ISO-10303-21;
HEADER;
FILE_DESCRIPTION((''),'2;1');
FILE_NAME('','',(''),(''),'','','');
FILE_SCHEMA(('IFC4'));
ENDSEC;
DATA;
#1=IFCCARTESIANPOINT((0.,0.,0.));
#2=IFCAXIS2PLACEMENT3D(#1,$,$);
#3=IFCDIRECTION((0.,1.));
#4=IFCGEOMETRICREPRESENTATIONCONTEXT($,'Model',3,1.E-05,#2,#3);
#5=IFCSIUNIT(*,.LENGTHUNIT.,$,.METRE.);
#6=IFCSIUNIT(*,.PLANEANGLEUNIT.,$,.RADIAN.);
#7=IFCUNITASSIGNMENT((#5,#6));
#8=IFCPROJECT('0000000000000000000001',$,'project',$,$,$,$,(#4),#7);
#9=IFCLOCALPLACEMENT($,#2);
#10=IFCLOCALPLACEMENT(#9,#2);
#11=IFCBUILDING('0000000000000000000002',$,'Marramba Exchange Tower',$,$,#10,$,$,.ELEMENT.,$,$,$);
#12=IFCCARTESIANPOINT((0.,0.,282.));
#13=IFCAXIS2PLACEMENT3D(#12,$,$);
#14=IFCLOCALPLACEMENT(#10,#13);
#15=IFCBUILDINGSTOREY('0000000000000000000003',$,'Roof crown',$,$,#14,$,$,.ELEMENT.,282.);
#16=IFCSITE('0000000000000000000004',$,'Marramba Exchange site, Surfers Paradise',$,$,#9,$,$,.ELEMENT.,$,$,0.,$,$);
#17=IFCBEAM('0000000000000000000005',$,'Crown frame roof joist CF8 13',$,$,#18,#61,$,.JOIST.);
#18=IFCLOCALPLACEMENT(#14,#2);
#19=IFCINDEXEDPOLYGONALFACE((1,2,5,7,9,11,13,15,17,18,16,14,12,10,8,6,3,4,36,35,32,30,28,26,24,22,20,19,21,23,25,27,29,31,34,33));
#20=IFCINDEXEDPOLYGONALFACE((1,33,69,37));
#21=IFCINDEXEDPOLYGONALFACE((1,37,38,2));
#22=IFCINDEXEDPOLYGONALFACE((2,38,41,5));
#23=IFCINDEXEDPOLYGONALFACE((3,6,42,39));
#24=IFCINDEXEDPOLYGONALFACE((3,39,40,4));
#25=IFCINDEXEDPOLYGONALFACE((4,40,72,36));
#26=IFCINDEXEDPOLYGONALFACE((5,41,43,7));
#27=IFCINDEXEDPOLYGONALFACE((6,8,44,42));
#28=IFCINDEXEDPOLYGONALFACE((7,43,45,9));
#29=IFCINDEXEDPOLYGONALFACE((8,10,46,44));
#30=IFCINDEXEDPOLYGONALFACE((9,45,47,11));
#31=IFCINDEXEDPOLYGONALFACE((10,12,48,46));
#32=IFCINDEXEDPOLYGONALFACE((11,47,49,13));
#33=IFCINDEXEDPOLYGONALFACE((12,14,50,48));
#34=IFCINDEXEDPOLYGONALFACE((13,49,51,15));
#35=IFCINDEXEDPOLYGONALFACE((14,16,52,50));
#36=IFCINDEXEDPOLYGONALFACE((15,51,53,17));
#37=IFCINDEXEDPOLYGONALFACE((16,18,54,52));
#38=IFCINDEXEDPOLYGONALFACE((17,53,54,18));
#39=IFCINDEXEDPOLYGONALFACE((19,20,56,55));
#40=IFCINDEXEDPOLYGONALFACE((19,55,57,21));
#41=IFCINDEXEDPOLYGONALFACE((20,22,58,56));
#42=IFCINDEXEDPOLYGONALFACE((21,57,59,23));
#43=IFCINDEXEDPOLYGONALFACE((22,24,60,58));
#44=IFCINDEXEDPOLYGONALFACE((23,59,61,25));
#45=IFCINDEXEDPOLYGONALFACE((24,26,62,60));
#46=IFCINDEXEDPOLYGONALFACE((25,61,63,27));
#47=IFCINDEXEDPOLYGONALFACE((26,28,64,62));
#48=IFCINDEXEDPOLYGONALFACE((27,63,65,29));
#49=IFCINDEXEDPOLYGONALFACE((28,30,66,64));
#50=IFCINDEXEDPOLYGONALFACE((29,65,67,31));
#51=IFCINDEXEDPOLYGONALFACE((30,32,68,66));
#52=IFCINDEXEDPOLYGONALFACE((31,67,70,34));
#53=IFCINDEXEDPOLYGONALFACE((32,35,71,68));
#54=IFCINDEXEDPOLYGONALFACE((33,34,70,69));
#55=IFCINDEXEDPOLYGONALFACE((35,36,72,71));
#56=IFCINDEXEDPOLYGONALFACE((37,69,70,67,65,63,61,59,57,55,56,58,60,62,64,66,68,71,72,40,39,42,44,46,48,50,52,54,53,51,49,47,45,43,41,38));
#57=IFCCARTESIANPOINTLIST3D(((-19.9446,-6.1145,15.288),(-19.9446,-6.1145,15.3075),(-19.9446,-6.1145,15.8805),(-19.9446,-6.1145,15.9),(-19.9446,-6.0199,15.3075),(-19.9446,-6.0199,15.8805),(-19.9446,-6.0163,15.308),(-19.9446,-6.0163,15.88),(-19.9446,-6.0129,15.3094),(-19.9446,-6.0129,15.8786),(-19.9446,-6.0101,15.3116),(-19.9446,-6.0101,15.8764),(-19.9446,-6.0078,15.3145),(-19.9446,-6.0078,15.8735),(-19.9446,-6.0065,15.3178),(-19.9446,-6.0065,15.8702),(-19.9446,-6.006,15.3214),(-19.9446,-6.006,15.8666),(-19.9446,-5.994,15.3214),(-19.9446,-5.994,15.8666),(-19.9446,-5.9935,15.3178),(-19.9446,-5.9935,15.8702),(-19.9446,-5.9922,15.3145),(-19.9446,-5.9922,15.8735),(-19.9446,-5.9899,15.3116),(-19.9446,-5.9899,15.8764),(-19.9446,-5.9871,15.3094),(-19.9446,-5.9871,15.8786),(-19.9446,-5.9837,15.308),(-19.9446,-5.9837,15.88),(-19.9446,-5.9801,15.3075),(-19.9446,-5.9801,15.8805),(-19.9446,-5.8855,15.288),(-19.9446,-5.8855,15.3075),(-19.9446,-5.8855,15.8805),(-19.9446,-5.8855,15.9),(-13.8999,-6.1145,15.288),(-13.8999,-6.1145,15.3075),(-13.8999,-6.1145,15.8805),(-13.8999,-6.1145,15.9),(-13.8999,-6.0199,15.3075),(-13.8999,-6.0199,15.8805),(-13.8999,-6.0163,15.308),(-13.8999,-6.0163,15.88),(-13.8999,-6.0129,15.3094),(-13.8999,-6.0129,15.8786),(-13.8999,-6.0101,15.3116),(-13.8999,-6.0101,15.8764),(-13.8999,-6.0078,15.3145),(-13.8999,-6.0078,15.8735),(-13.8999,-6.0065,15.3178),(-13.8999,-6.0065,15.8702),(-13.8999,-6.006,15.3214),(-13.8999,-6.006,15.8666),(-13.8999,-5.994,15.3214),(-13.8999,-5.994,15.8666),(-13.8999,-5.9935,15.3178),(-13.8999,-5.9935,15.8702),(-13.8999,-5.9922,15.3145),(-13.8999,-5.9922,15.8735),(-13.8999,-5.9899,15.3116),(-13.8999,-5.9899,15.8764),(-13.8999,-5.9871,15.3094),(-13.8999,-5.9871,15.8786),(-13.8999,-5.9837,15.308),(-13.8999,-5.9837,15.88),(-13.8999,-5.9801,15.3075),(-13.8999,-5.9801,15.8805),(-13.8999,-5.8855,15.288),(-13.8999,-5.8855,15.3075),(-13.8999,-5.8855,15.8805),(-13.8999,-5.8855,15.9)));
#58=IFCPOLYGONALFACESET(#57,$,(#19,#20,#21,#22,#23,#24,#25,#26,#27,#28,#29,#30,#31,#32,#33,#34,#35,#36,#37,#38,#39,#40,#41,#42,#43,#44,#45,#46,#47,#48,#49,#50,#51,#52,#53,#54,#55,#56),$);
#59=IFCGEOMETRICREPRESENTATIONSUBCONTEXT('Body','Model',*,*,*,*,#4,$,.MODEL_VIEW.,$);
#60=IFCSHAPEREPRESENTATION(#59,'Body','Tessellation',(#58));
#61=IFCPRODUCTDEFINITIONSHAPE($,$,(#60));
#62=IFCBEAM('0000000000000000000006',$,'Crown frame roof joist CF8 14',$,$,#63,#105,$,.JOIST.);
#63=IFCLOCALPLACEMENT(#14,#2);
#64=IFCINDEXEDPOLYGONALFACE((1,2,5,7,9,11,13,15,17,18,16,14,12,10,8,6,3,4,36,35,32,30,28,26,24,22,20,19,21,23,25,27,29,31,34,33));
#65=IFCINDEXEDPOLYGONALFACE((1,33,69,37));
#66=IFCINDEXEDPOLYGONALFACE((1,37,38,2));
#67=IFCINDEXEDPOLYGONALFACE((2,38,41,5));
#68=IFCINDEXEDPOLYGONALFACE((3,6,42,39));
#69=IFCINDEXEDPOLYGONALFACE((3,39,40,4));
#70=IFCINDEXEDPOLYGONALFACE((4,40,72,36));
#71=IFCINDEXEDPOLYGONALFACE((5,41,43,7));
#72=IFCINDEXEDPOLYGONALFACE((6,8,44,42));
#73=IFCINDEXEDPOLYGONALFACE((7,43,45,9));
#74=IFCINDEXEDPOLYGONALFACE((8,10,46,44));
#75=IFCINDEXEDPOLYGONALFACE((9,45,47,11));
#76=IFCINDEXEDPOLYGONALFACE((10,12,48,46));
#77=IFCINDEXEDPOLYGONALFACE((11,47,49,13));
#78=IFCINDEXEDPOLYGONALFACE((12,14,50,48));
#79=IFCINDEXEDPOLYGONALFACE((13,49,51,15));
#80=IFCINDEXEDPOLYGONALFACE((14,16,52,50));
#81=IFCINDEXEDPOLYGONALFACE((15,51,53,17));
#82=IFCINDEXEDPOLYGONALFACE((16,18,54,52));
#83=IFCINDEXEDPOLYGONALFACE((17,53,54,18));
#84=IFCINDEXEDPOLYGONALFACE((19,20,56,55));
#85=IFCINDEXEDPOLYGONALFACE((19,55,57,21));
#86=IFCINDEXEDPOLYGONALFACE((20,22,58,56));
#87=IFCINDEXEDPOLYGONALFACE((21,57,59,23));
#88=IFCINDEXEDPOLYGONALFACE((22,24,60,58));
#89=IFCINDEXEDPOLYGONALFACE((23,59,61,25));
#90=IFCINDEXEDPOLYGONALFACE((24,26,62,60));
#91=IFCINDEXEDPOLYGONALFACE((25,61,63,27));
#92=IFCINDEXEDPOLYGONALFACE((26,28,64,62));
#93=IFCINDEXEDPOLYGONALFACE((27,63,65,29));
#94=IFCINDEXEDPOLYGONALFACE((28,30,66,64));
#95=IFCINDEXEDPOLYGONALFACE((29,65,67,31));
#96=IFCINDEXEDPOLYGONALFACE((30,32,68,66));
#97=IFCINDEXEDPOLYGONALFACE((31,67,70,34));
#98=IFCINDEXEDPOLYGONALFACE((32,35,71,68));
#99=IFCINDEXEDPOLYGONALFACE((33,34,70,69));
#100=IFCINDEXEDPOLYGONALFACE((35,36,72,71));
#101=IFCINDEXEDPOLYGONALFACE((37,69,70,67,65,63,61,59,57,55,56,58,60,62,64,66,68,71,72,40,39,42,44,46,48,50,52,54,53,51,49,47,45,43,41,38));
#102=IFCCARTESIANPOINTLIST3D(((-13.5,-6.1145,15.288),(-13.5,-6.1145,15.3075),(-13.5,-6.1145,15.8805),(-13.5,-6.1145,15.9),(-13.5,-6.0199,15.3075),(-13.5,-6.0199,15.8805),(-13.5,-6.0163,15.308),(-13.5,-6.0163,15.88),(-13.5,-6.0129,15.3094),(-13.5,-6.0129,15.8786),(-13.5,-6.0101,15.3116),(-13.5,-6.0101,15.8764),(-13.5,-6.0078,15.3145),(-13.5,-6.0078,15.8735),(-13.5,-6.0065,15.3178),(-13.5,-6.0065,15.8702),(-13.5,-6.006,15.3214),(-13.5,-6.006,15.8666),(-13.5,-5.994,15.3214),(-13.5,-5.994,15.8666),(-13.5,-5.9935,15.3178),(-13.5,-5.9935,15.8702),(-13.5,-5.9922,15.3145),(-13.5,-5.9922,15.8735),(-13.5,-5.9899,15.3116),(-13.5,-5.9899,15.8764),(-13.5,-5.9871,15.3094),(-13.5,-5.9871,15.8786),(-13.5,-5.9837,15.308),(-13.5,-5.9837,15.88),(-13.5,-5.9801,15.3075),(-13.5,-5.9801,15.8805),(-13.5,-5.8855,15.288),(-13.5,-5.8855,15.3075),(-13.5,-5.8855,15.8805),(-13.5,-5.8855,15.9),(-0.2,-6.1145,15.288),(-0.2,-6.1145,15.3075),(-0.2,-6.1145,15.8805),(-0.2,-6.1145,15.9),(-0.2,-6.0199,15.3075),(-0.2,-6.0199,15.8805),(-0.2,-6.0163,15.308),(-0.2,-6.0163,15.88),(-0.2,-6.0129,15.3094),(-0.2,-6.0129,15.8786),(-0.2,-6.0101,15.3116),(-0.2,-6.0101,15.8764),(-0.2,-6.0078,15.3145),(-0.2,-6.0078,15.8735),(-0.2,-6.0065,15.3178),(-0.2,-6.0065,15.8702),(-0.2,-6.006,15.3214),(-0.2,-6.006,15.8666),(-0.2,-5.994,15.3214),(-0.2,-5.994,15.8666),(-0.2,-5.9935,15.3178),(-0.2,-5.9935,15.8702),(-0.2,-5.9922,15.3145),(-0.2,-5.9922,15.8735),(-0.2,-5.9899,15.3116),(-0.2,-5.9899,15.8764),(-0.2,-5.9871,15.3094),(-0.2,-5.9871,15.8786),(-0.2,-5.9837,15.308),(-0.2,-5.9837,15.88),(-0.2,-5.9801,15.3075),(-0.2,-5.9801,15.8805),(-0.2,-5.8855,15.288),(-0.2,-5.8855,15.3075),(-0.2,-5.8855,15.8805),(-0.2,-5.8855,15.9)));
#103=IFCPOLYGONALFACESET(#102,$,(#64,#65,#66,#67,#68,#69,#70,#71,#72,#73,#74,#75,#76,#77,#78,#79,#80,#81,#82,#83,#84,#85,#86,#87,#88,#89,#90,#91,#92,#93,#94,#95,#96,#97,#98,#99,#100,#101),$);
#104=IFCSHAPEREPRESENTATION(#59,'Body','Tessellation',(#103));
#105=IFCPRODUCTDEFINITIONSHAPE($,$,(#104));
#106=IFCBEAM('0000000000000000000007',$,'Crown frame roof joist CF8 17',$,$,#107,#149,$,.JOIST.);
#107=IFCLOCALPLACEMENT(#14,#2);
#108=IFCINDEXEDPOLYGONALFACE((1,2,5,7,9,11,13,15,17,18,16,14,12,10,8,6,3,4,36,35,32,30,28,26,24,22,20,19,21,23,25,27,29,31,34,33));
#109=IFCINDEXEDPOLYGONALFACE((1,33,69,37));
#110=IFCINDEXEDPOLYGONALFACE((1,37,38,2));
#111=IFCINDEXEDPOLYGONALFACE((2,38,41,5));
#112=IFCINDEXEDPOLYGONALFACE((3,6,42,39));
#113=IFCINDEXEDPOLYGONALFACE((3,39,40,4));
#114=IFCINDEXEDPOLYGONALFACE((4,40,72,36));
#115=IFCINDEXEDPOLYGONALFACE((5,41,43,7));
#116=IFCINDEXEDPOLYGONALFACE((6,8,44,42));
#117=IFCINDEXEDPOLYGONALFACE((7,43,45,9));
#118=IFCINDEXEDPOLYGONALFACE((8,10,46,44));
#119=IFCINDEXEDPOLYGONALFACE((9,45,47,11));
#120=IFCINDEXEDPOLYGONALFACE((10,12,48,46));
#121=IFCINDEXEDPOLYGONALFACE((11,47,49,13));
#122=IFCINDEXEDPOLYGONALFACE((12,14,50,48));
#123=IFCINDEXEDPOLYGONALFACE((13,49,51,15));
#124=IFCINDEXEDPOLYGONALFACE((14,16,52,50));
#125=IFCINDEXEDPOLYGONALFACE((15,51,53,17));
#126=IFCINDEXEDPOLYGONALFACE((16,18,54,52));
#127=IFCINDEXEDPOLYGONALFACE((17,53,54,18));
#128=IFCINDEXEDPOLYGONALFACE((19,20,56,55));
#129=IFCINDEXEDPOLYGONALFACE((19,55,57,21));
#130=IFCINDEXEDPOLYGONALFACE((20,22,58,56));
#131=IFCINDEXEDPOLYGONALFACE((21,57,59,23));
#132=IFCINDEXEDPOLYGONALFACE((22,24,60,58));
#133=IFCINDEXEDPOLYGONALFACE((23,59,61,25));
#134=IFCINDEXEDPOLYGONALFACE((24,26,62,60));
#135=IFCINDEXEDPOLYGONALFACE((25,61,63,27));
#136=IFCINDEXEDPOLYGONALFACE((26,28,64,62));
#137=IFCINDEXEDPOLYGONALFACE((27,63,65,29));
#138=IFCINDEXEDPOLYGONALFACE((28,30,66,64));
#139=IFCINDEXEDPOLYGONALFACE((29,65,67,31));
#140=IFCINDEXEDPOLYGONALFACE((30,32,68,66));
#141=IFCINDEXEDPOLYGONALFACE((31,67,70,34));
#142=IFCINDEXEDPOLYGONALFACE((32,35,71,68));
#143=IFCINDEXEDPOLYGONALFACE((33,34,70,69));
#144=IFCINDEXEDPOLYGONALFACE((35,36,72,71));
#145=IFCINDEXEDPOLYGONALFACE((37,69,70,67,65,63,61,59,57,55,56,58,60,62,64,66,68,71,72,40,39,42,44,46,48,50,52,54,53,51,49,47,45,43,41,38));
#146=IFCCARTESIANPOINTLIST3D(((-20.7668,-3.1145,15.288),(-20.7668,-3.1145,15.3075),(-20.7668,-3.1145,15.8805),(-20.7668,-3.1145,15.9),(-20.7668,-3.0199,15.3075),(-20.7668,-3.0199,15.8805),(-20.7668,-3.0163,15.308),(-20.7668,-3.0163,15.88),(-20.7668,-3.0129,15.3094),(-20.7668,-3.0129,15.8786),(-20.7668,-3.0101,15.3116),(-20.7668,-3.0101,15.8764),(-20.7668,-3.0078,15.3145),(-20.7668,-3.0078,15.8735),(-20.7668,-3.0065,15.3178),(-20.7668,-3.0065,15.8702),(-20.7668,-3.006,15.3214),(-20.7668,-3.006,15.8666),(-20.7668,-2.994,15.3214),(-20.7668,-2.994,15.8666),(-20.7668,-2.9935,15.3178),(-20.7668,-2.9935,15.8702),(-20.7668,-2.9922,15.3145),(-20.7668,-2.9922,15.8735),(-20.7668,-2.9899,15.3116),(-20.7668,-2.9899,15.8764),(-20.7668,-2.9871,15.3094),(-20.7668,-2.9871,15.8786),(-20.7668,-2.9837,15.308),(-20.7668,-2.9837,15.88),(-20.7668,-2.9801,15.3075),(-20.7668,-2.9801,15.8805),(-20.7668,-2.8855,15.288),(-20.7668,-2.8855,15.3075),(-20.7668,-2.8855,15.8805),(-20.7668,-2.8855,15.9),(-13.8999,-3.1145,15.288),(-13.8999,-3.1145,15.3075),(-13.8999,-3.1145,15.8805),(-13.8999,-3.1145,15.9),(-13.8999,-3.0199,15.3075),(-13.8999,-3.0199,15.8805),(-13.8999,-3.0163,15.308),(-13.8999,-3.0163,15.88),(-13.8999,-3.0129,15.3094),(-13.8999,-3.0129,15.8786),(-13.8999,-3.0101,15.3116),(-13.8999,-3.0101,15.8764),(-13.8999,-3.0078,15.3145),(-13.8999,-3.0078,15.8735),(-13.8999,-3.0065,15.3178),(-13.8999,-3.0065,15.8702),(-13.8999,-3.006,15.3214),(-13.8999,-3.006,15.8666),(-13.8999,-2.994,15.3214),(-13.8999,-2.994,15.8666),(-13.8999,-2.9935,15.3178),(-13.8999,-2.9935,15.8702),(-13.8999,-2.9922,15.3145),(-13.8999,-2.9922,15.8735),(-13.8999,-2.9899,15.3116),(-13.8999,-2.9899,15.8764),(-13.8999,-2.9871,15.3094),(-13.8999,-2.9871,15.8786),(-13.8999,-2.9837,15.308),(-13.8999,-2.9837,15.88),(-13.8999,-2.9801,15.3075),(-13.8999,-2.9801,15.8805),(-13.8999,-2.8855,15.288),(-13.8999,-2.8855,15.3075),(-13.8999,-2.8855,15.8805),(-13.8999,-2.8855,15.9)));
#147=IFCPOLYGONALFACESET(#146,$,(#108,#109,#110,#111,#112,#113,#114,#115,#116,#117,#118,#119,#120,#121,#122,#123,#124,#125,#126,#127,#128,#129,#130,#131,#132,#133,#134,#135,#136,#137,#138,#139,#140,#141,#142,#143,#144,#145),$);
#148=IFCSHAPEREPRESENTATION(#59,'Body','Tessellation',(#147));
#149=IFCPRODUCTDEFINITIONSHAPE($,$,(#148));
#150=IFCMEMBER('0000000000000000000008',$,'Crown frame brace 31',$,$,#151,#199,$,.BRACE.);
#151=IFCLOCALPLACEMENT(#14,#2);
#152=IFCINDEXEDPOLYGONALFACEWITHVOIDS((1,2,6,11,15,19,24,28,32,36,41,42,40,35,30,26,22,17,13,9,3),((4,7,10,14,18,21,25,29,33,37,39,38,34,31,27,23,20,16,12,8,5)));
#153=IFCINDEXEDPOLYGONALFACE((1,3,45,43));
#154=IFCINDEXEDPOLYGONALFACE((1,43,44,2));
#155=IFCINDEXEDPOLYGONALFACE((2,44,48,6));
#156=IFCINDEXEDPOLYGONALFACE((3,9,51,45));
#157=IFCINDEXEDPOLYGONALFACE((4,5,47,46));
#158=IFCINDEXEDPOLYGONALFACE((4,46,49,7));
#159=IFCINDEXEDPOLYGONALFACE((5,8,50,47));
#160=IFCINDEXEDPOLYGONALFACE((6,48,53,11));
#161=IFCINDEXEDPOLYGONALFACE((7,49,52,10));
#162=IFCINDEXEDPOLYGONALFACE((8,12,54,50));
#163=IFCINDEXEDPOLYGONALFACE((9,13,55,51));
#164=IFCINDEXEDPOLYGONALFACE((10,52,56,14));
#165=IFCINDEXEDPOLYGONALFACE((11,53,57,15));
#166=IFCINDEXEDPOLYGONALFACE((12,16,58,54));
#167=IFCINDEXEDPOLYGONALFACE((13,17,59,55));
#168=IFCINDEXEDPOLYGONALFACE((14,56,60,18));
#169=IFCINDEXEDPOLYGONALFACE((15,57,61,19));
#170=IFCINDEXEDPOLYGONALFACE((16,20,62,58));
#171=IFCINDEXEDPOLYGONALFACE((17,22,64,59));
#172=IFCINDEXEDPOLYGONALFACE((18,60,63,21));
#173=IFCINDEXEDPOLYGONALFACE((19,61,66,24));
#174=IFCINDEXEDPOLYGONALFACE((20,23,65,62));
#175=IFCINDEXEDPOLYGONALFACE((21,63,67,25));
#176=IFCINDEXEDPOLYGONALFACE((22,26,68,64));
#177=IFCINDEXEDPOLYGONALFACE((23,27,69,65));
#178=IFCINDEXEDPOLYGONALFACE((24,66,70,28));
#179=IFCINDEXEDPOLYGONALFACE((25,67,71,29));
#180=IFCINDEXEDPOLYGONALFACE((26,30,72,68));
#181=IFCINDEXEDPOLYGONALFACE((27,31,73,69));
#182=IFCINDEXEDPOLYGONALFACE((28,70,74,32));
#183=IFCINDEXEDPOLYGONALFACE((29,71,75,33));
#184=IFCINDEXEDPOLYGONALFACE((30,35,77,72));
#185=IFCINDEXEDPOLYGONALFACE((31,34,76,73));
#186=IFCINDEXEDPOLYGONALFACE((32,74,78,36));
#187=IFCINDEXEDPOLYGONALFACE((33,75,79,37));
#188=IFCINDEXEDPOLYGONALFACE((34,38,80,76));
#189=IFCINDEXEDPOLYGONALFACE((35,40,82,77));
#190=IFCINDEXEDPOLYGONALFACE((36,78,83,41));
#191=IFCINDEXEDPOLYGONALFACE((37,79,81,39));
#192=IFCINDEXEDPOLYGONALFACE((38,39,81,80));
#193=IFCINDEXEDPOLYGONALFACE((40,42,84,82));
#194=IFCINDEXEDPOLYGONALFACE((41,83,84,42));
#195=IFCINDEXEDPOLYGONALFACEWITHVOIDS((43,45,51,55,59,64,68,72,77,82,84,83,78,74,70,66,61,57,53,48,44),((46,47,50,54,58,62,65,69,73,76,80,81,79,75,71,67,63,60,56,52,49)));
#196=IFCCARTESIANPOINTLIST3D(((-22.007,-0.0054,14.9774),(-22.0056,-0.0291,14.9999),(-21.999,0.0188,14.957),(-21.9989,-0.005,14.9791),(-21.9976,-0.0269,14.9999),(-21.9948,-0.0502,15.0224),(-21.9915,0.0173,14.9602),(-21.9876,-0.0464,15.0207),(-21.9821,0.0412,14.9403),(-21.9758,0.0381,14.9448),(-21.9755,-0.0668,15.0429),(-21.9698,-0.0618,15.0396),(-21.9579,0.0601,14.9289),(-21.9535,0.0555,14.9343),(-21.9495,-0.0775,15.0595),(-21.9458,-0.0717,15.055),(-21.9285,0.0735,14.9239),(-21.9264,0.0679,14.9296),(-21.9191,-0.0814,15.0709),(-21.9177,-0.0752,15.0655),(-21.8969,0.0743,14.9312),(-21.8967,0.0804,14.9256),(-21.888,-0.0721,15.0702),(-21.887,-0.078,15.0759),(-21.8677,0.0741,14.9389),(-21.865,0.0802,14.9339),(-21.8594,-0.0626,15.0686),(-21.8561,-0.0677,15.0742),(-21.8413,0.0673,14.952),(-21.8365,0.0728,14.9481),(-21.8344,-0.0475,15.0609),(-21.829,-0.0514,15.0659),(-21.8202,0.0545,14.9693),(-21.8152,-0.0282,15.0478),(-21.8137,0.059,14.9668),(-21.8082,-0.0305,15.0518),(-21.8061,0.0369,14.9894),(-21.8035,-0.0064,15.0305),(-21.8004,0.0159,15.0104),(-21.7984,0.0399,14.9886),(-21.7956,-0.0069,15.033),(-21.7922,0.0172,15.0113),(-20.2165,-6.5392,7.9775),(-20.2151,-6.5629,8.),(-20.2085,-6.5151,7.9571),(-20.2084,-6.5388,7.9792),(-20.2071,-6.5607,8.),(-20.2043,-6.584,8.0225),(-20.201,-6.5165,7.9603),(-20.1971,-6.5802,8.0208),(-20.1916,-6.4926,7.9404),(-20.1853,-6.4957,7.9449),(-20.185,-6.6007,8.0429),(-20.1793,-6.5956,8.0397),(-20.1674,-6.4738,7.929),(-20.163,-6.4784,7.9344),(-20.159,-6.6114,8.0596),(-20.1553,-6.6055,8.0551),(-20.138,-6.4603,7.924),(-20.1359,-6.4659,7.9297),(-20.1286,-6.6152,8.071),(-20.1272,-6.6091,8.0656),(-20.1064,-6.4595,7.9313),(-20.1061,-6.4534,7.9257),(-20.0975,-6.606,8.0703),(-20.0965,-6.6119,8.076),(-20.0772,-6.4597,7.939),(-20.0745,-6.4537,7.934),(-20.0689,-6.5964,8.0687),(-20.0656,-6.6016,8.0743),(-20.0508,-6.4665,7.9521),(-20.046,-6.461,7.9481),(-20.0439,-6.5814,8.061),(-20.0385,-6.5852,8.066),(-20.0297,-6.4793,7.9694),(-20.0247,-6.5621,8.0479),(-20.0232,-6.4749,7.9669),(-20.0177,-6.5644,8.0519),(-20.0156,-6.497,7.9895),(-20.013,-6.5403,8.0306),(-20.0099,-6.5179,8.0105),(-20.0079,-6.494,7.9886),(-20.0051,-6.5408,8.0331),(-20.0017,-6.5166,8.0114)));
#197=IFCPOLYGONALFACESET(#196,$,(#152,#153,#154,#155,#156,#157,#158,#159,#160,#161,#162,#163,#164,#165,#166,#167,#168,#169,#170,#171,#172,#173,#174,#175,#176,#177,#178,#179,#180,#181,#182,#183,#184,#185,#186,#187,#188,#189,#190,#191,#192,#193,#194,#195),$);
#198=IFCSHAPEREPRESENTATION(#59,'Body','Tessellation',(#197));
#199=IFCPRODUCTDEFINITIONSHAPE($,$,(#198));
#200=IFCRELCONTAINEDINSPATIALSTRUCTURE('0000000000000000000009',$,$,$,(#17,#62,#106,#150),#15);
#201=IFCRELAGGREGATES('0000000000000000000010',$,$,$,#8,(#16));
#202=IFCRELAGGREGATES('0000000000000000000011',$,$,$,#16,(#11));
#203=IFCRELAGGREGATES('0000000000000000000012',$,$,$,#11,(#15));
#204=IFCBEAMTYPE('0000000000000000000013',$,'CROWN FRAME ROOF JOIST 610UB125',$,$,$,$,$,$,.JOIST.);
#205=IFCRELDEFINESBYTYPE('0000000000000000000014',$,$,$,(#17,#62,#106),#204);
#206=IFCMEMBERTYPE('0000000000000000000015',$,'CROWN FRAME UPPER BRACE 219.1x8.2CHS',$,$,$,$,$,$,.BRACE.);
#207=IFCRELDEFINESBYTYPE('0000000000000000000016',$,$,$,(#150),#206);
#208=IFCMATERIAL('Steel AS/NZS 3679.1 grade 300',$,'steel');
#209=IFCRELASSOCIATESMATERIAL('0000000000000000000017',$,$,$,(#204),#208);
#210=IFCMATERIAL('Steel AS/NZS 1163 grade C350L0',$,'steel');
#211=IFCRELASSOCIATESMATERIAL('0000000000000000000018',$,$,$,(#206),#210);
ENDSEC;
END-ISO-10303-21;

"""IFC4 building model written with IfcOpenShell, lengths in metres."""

from ifc_helpers import new_model, si_unit, direction, frame, origin, origin_2d, place, context, subcontext, project, spatial, hollow_circle, i_section, extrude, material, material_profile, profile_set, type_object, element, save


model = new_model("IFC4")

# Units and contexts
model_context = context("Model", 3, precision=1e-05, world=origin(), true_north=direction((0.0, 1.0)))
body_context = subcontext(model_context, "Body", "Model", "MODEL_VIEW")
ifc_project = project(units=[si_unit("LENGTHUNIT", "METRE"), si_unit("PLANEANGLEUNIT", "RADIAN")], contexts=[model_context])

# Site, building, storey
site_placement = place(None, origin())
site = spatial("IfcSite", under=ifc_project, at=site_placement, Name="Marramba Exchange site, Surfers Paradise", CompositionType="ELEMENT", RefElevation=0.0)
building_placement = place(site_placement, origin())
building = spatial("IfcBuilding", under=site, at=building_placement, Name="Marramba Exchange Tower", CompositionType="ELEMENT")
storey_placement = place(building_placement, frame((0.0, 0.0, 282.0)))
storey = spatial("IfcBuildingStorey", under=building, at=storey_placement, Name="Roof crown", CompositionType="ELEMENT", Elevation=282.0)

# Beams
ifc_material_1 = material(Name="Steel AS/NZS 1163 grade C350L0", Category="steel")
ifc_material_2 = material(Name="Steel AS/NZS 3679.1 grade 300", Category="steel")
ifc_material_profile_1 = material_profile(ifc_material_2, i_section(OverallWidth=0.229, OverallDepth=0.6121, WebThickness=0.012, FlangeThickness=0.0195, FilletRadius=0.0139, at=origin_2d()), Name="610UB125")
ifc_profile_set_1 = profile_set([ifc_material_profile_1], Name="Steel AS/NZS 3679.1 grade 300")
beam_type_1 = type_object("IfcBeamType", Name="CROWN FRAME ROOF JOIST 610UB125", PredefinedType="JOIST", material=ifc_profile_set_1)
beam_1_placement = place(storey_placement, frame((-19.9446, -6.0, 15.594), z_axis=(1.0, 0.0, 0.0), x_axis=(0.0, 1.0, 0.0)))
element("IfcBeam", 1, at=beam_1_placement, inside=storey, type_object=beam_type_1, Name="Crown frame roof joist CF8 13", PredefinedType="JOIST", context=body_context, shape_type="SweptSolid", body=[
    extrude(i_section(OverallWidth=0.229, OverallDepth=0.6121, WebThickness=0.012, FlangeThickness=0.0195, FilletRadius=0.0139, at=origin_2d()), origin(), (0.0, 0.0, 1.0), 6.0447),
])
beam_2_placement = place(storey_placement, frame((-13.5, -6.0, 15.594), z_axis=(1.0, 0.0, 0.0), x_axis=(0.0, 1.0, 0.0)))
element("IfcBeam", 2, at=beam_2_placement, inside=storey, type_object=beam_type_1, Name="Crown frame roof joist CF8 14", PredefinedType="JOIST", context=body_context, shape_type="SweptSolid", body=[
    extrude(i_section(OverallWidth=0.229, OverallDepth=0.6121, WebThickness=0.012, FlangeThickness=0.0195, FilletRadius=0.0139, at=origin_2d()), origin(), (0.0, 0.0, 1.0), 13.3),
])
beam_3_placement = place(storey_placement, frame((-20.7668, -3.0, 15.594), z_axis=(1.0, 0.0, 0.0), x_axis=(0.0, 1.0, 0.0)))
element("IfcBeam", 3, at=beam_3_placement, inside=storey, type_object=beam_type_1, Name="Crown frame roof joist CF8 17", PredefinedType="JOIST", context=body_context, shape_type="SweptSolid", body=[
    extrude(i_section(OverallWidth=0.229, OverallDepth=0.6121, WebThickness=0.012, FlangeThickness=0.0195, FilletRadius=0.0139, at=origin_2d()), origin(), (0.0, 0.0, 1.0), 6.8669),
])

# Member
ifc_material_profile_2 = material_profile(ifc_material_1, hollow_circle(Radius=0.1096, WallThickness=0.0083, at=origin_2d()), Name="219.1x8.2CHS")
ifc_profile_set_2 = profile_set([ifc_material_profile_2], Name="Steel AS/NZS 1163 grade C350L0")
member_type = type_object("IfcMemberType", Name="CROWN FRAME UPPER BRACE 219.1x8.2CHS", PredefinedType="BRACE", material=ifc_profile_set_2)
member_1_placement = place(storey_placement, frame((-20.1094, -6.5339, 8.0), z_axis=(-0.183803, 0.670727, 0.71857), x_axis=(-0.964443, -0.264291, 0.0)))
element("IfcMember", 4, at=member_1_placement, inside=storey, type_object=member_type, Name="Crown frame brace 31", PredefinedType="BRACE", context=body_context, shape_type="SweptSolid", body=[
    extrude(hollow_circle(Radius=0.1096, WallThickness=0.0083, at=origin_2d()), origin(), (0.0, 0.0, 1.0), 9.7415),
])

save(model, "model.ifc")
